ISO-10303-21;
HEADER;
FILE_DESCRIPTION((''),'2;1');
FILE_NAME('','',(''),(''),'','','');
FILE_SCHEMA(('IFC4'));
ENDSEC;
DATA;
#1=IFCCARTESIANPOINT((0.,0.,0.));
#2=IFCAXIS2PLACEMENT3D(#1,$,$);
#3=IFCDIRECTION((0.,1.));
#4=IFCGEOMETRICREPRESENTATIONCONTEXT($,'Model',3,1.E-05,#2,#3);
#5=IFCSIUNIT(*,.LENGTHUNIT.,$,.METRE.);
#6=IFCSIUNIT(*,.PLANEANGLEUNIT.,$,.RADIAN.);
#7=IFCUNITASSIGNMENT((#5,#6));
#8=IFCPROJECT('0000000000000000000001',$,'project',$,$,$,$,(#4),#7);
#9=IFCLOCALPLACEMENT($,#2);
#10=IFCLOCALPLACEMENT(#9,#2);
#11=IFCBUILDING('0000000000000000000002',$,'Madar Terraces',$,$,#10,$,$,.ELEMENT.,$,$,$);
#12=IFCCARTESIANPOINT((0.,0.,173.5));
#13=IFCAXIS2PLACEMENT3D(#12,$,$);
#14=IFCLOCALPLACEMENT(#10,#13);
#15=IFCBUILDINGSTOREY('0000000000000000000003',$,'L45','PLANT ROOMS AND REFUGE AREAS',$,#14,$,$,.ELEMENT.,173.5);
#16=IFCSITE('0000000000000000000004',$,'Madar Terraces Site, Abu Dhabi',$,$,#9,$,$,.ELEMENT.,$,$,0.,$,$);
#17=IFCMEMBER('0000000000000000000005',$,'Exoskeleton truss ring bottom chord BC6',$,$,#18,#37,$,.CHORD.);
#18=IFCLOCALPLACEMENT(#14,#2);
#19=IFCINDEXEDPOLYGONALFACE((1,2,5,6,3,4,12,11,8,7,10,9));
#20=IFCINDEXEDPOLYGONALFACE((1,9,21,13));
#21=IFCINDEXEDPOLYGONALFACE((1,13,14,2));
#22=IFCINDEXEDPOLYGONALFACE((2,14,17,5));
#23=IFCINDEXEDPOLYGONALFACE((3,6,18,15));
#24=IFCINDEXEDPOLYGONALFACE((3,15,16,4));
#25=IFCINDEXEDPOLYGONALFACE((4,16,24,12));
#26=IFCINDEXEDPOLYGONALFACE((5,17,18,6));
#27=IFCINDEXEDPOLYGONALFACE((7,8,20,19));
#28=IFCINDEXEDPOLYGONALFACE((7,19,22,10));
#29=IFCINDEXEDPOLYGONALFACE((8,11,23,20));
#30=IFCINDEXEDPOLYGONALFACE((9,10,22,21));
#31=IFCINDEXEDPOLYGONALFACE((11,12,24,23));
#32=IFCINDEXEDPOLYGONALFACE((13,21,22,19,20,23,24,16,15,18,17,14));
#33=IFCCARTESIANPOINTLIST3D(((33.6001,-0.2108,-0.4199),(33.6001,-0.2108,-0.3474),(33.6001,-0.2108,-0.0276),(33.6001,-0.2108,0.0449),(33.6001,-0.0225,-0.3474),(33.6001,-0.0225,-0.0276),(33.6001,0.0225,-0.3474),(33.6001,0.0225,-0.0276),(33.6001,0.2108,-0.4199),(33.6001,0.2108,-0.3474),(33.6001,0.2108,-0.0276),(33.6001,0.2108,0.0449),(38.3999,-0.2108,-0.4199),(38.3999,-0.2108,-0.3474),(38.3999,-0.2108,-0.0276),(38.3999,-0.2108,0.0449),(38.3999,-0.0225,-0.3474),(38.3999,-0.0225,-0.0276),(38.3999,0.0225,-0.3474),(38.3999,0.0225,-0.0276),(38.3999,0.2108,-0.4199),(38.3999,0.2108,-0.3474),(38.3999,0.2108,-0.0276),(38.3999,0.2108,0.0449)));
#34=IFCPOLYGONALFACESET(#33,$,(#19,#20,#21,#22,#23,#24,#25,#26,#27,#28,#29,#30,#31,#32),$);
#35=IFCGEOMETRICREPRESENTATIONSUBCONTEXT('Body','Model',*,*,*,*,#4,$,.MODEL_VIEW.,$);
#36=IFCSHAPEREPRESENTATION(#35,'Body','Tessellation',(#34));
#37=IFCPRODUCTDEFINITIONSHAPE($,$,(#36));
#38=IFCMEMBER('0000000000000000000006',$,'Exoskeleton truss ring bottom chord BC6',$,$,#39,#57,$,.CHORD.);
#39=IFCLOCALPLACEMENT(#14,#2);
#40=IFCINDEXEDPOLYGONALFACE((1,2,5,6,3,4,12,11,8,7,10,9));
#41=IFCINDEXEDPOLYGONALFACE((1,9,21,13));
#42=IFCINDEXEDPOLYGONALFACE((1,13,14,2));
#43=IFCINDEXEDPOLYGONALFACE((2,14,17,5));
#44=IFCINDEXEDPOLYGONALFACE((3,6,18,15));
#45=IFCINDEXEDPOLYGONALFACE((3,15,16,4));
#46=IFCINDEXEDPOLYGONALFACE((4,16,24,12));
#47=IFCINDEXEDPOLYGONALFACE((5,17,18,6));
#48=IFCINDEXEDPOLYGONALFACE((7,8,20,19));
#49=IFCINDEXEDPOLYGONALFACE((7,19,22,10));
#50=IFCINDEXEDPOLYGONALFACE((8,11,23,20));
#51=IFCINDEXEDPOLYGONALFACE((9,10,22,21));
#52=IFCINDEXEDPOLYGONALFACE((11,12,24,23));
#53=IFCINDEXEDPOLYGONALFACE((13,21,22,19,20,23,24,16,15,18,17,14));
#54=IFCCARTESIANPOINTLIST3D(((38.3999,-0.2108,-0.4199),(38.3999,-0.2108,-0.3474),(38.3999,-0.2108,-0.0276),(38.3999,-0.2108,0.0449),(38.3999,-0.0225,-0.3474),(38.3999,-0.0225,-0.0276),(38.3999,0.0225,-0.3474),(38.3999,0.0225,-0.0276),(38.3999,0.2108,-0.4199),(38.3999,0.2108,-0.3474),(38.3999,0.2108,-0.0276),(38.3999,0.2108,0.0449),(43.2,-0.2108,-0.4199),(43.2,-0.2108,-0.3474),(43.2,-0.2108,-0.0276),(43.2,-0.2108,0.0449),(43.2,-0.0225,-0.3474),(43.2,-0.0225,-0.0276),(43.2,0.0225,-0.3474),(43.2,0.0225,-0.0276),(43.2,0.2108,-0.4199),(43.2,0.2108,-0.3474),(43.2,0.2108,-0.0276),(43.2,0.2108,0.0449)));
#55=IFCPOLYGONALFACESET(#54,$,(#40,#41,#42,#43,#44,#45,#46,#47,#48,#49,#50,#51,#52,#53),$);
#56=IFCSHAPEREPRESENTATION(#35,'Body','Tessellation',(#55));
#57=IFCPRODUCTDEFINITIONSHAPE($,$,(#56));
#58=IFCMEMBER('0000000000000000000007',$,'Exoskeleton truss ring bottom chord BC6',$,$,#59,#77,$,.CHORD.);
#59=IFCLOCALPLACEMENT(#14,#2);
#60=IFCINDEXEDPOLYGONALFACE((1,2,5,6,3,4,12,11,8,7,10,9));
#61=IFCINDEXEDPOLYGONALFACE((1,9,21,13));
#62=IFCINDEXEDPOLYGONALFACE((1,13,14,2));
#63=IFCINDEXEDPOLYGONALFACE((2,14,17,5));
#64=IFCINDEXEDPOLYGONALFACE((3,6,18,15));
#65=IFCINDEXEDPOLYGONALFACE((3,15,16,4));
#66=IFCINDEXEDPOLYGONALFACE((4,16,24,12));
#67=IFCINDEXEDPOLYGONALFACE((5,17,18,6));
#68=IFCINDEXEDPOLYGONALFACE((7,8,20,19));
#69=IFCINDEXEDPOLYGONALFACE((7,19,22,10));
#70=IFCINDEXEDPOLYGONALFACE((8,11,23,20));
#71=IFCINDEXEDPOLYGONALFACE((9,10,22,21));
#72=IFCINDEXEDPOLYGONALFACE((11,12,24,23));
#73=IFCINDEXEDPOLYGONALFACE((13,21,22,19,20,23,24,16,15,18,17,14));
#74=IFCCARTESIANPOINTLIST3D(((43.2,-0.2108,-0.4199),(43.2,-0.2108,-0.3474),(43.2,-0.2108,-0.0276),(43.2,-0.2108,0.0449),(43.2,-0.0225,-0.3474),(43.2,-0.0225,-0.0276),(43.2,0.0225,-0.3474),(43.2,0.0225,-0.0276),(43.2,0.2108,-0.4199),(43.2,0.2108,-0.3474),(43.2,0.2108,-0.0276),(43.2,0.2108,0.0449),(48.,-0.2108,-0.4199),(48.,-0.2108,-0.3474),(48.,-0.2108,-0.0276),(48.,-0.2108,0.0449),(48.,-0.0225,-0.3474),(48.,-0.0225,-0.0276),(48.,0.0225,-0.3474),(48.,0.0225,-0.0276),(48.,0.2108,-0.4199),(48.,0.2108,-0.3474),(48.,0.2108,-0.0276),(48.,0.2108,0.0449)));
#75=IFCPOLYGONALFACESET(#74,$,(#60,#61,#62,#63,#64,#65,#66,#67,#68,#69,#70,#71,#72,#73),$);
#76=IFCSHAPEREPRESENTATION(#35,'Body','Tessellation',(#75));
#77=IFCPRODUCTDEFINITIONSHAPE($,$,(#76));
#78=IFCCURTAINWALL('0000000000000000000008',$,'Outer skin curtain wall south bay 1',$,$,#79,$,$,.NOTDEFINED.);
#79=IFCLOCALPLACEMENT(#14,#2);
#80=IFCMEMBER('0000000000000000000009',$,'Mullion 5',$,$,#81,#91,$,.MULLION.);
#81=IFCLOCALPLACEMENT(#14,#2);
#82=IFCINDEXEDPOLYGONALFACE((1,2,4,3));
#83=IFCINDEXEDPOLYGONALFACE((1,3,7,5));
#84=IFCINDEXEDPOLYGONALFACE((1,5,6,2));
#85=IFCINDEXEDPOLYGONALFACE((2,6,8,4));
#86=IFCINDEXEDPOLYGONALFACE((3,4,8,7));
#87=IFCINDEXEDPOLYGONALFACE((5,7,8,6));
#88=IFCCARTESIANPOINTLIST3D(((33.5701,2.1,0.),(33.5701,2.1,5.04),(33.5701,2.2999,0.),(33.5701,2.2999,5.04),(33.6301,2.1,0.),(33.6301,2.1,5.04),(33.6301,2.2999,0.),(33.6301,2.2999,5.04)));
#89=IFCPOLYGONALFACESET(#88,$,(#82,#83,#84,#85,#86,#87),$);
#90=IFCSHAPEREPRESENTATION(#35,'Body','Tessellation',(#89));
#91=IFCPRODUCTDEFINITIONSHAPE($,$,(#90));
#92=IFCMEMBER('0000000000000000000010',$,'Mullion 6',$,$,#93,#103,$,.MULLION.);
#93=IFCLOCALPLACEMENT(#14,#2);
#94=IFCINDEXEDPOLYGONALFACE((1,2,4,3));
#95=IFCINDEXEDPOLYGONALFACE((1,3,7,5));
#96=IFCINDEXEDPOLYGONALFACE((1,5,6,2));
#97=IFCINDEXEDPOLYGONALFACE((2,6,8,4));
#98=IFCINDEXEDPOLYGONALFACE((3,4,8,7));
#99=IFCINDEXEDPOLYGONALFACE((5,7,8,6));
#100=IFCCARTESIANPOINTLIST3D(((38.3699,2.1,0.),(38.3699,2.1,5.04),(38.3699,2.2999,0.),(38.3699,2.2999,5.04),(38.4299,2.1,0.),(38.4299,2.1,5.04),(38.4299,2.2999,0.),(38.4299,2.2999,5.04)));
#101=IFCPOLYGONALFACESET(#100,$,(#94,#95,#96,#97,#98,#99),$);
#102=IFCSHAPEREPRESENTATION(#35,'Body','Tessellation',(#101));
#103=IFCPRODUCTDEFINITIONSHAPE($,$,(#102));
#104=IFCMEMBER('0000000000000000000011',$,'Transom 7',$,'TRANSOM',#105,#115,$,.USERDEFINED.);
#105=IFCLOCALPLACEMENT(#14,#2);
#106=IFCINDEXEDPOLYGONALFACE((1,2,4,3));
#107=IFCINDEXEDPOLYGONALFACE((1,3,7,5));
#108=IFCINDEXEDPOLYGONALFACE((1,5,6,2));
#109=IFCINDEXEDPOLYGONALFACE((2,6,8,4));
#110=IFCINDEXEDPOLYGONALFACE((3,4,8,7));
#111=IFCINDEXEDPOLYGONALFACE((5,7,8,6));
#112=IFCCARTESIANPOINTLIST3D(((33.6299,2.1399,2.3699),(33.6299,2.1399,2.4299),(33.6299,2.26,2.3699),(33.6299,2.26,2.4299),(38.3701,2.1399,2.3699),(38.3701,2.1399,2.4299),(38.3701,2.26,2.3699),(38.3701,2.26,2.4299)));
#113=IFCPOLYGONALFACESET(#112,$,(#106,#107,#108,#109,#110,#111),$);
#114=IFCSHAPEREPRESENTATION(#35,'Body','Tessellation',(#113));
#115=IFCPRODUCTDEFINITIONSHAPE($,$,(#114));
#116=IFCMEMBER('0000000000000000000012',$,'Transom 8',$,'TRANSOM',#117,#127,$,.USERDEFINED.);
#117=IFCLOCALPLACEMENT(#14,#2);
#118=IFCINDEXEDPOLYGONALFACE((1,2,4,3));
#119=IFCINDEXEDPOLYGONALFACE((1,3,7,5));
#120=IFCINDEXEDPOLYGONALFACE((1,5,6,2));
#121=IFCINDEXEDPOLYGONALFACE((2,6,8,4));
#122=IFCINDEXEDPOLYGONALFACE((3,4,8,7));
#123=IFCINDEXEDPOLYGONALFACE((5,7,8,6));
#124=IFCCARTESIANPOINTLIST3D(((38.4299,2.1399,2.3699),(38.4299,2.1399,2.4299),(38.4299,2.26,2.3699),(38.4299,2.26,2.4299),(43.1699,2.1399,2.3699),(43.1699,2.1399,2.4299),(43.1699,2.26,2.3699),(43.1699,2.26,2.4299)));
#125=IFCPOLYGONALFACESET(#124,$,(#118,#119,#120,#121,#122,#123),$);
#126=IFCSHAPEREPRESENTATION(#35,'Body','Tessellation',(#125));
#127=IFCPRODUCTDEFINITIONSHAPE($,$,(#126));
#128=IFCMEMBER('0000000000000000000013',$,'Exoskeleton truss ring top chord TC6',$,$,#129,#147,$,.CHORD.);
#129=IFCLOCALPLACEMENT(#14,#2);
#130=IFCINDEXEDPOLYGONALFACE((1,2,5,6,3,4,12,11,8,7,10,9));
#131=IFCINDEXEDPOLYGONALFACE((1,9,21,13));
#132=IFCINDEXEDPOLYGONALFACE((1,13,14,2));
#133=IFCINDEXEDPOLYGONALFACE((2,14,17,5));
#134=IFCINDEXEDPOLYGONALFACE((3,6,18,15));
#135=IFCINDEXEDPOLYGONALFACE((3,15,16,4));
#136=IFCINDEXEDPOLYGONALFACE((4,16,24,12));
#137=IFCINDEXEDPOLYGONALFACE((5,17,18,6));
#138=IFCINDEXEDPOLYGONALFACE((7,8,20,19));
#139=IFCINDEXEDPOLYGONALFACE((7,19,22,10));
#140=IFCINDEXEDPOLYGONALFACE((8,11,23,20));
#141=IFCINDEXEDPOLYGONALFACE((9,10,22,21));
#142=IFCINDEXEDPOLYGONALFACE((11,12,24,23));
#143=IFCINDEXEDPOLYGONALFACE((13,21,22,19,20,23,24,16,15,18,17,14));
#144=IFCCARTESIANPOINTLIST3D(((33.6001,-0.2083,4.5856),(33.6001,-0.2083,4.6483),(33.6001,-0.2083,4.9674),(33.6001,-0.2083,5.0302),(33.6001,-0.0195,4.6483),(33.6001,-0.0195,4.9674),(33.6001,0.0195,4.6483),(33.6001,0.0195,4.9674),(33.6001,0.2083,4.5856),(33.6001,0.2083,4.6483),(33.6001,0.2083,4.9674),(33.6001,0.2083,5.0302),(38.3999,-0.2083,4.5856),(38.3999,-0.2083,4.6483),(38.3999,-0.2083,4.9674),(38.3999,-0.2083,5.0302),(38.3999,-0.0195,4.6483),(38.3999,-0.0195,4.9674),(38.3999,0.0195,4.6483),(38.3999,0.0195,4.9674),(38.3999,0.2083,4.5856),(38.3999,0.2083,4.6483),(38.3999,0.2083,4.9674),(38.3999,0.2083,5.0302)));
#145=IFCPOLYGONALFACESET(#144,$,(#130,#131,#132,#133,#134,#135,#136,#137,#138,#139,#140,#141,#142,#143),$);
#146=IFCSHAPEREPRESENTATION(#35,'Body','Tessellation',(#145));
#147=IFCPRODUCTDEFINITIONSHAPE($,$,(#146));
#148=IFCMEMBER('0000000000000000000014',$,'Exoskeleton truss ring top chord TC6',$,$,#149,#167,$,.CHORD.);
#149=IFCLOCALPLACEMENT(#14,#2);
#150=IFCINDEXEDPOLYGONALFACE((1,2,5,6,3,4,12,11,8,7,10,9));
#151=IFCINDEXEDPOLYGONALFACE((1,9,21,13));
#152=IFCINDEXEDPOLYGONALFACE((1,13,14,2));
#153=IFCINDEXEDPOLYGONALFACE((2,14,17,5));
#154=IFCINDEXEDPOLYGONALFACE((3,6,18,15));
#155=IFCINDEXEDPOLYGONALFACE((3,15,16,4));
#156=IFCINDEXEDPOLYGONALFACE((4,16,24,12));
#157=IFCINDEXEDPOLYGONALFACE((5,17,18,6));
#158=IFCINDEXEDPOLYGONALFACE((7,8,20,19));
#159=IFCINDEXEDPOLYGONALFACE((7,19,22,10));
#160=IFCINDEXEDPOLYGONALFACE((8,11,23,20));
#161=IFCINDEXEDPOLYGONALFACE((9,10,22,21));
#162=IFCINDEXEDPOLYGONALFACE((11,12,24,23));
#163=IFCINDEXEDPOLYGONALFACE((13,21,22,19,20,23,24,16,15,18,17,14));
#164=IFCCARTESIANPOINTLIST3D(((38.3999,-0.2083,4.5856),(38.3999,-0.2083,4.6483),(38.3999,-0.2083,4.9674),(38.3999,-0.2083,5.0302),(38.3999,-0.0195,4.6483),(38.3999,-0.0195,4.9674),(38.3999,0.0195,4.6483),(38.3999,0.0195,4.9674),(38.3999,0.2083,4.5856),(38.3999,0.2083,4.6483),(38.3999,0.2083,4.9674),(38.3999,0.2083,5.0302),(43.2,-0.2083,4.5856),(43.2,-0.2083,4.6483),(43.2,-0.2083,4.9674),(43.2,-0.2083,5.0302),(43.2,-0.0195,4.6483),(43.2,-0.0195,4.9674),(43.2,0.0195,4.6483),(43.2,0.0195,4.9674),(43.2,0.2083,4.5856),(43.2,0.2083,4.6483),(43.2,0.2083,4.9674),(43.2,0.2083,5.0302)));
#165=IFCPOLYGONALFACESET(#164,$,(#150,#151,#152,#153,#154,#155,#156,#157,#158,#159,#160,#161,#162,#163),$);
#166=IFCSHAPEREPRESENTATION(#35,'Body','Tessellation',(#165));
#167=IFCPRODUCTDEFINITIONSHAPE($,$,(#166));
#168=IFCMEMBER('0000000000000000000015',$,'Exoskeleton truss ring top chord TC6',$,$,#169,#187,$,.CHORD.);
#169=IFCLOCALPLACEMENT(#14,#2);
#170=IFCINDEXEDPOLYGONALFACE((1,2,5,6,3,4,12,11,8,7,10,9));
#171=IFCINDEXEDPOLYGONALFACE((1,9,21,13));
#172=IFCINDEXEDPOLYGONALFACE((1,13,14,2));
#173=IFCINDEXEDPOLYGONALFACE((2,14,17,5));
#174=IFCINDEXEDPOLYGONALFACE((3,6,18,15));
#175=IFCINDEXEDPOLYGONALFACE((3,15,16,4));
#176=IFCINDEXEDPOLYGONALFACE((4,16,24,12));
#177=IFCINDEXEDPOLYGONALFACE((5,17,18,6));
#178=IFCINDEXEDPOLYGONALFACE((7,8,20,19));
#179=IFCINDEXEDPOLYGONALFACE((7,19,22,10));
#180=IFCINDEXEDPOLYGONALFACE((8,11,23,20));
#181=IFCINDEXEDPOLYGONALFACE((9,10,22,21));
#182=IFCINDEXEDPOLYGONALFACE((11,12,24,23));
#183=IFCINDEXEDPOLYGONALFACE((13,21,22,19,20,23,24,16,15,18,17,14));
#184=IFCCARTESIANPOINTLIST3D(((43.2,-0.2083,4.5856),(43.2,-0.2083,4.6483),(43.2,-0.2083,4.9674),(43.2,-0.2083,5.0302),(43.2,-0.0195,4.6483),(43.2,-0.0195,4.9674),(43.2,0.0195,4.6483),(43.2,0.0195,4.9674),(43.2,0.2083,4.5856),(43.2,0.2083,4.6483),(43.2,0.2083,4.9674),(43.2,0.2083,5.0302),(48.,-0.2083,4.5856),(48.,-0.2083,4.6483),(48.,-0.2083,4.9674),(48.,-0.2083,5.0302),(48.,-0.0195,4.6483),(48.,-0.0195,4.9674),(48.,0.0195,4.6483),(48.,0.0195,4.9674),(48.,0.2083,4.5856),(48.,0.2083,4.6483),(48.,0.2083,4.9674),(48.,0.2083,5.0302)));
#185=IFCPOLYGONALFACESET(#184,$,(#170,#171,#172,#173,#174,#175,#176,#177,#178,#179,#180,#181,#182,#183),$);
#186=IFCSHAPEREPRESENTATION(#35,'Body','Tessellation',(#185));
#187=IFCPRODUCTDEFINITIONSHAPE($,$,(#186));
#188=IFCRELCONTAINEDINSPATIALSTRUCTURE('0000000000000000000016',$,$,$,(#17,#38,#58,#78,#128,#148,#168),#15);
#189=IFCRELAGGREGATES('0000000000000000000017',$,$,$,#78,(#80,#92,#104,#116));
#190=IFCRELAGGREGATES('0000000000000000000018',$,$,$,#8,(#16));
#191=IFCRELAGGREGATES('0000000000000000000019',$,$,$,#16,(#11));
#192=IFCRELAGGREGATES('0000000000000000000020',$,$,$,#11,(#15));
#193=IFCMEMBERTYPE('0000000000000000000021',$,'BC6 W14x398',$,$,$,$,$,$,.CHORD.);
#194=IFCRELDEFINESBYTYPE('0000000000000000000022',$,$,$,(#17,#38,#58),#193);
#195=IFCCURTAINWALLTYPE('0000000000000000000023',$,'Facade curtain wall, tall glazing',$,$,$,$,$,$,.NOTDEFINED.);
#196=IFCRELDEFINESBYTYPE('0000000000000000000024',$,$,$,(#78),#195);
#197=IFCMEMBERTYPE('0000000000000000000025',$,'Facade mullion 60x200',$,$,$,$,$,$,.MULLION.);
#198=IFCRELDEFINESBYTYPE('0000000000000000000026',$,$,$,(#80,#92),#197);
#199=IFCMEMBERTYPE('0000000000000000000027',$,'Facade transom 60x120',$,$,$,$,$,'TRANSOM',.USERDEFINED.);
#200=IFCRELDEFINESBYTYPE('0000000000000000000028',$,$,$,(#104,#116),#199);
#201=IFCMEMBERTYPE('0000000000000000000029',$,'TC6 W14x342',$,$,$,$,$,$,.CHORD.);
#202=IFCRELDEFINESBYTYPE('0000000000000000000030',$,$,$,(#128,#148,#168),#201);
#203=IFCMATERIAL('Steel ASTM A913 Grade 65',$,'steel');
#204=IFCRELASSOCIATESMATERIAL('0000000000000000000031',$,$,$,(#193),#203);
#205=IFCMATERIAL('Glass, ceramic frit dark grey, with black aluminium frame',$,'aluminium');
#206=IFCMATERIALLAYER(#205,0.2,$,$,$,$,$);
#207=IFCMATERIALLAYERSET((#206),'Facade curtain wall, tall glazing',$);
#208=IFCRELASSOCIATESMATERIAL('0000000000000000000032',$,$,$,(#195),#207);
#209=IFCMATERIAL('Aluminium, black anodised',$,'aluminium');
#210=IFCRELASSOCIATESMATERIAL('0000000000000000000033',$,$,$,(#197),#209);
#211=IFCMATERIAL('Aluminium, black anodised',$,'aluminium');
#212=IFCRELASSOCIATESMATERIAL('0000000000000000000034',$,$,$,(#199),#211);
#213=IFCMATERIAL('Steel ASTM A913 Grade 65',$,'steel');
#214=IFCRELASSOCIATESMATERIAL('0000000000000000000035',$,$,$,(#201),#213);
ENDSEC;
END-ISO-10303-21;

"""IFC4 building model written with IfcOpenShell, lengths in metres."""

from ifc_helpers import new_model, si_unit, direction, frame, origin, origin_2d, place, context, subcontext, project, spatial, rectangle, i_section, extrude, material, layer, layer_set, material_profile, profile_set, type_object, element, aggregate, save


model = new_model("IFC4")

# Units and contexts
model_context = context("Model", 3, precision=1e-05, world=origin(), true_north=direction((0.0, 1.0)))
body_context = subcontext(model_context, "Body", "Model", "MODEL_VIEW")
ifc_project = project(units=[si_unit("LENGTHUNIT", "METRE"), si_unit("PLANEANGLEUNIT", "RADIAN")], contexts=[model_context])

# Site, building, storey
site_placement = place(None, origin())
site = spatial("IfcSite", under=ifc_project, at=site_placement, Name="Madar Terraces Site, Abu Dhabi", CompositionType="ELEMENT", RefElevation=0.0)
building_placement = place(site_placement, origin())
building = spatial("IfcBuilding", under=site, at=building_placement, Name="Madar Terraces", CompositionType="ELEMENT")
storey_placement = place(building_placement, frame((0.0, 0.0, 173.5)))
storey = spatial("IfcBuildingStorey", under=building, at=storey_placement, Name="L45", Description="PLANT ROOMS AND REFUGE AREAS", CompositionType="ELEMENT", Elevation=173.5)

# Members
ifc_material_1 = material(Name="Steel ASTM A913 Grade 65", Category="steel")
ifc_material_profile_1 = material_profile(ifc_material_1, i_section(OverallWidth=0.4216, OverallDepth=0.4648, WebThickness=0.0449, FlangeThickness=0.0725, at=origin_2d()), Name="W14x398")
ifc_profile_set_1 = profile_set([ifc_material_profile_1], Name="Steel ASTM A913 Grade 65")
member_type_1 = type_object("IfcMemberType", Name="BC6 W14x398", PredefinedType="CHORD", material=ifc_profile_set_1)
member_1_placement = place(storey_placement, frame((33.6001, 0.0, -0.1875), z_axis=(1.0, 0.0, 0.0), x_axis=(0.0, 1.0, 0.0)))
element("IfcMember", 1, at=member_1_placement, inside=storey, type_object=member_type_1, Name="Exoskeleton truss ring bottom chord BC6", PredefinedType="CHORD", context=body_context, shape_type="SweptSolid", body=[
    extrude(i_section(OverallWidth=0.4216, OverallDepth=0.4648, WebThickness=0.0449, FlangeThickness=0.0725, at=origin_2d()), origin(), (0.0, 0.0, 1.0), 4.7998),
])
for number, where, z_axis, x_axis, name in (
    (2, (38.3999, 0.0, -0.1875), (1.0, 0.0, 0.0), (0.0, 1.0, 0.0), "Exoskeleton truss ring bottom chord BC6"),
    (3, (43.2, 0.0, -0.1875), (1.0, 0.0, 0.0), (0.0, 1.0, 0.0), "Exoskeleton truss ring bottom chord BC6"),
):
    element("IfcMember", number, at=place(storey_placement, frame(where, z_axis=z_axis, x_axis=x_axis)), inside=storey, type_object=member_type_1, Name=name, PredefinedType="CHORD", context=body_context, shape_type="SweptSolid", body=[
        extrude(i_section(OverallWidth=0.4216, OverallDepth=0.4648, WebThickness=0.0449, FlangeThickness=0.0725, at=origin_2d()), origin(), (0.0, 0.0, 1.0), 4.8),
    ])

# Curtain wall, members
ifc_material_2 = material(Name="Glass, ceramic frit dark grey, with black aluminium frame", Category="aluminium")
ifc_layer_1 = layer(ifc_material_2, 0.2)
ifc_layer_set_1 = layer_set([ifc_layer_1], Name="Facade curtain wall, tall glazing")
curtain_wall_type = type_object("IfcCurtainWallType", Name="Facade curtain wall, tall glazing", PredefinedType="NOTDEFINED", material=ifc_layer_set_1)
curtain_wall_placement = place(storey_placement, origin())
curtain_wall = element("IfcCurtainWall", 4, at=curtain_wall_placement, inside=storey, type_object=curtain_wall_type, Name="Outer skin curtain wall south bay 1", PredefinedType="NOTDEFINED")
ifc_material_3 = material(Name="Aluminium, black anodised", Category="aluminium")
ifc_material_profile_2 = material_profile(ifc_material_3, rectangle(XDim=0.2, YDim=0.0601, at=origin_2d()), Name="Facade mullion 60x200")
ifc_profile_set_2 = profile_set([ifc_material_profile_2], Name="Aluminium, black anodised")
member_type_2 = type_object("IfcMemberType", Name="Facade mullion 60x200", PredefinedType="MULLION", material=ifc_profile_set_2)
member_2_placement = place(storey_placement, frame((33.6001, 2.2, 0.0), z_axis=(0.0, 0.0, 1.0), x_axis=(0.0, 1.0, 0.0)))
member_2 = element("IfcMember", 5, at=member_2_placement, type_object=member_type_2, Name="Mullion 5", PredefinedType="MULLION", context=body_context, shape_type="SweptSolid", body=[
    extrude(rectangle(XDim=0.2, YDim=0.0601, at=origin_2d()), origin(), (0.0, 0.0, 1.0), 5.04),
])
member_3_placement = place(storey_placement, frame((38.3999, 2.2, 0.0), z_axis=(0.0, 0.0, 1.0), x_axis=(0.0, 1.0, 0.0)))
member_3 = element("IfcMember", 6, at=member_3_placement, type_object=member_type_2, Name="Mullion 6", PredefinedType="MULLION", context=body_context, shape_type="SweptSolid", body=[
    extrude(rectangle(XDim=0.2, YDim=0.0601, at=origin_2d()), origin(), (0.0, 0.0, 1.0), 5.04),
])
ifc_material_4 = material(Name="Aluminium, black anodised", Category="aluminium")
ifc_material_profile_3 = material_profile(ifc_material_4, rectangle(XDim=0.1201, YDim=0.0601, at=origin_2d()), Name="Facade transom 60x120")
ifc_profile_set_3 = profile_set([ifc_material_profile_3], Name="Aluminium, black anodised")
member_type_3 = type_object("IfcMemberType", Name="Facade transom 60x120", ElementType="TRANSOM", PredefinedType="USERDEFINED", material=ifc_profile_set_3)
member_4_placement = place(storey_placement, frame((33.6299, 2.2, 2.3999), z_axis=(1.0, 0.0, 0.0), x_axis=(0.0, 1.0, 0.0)))
member_4 = element("IfcMember", 7, at=member_4_placement, type_object=member_type_3, Name="Transom 7", ObjectType="TRANSOM", PredefinedType="USERDEFINED", context=body_context, shape_type="SweptSolid", body=[
    extrude(rectangle(XDim=0.1201, YDim=0.0601, at=origin_2d()), origin(), (0.0, 0.0, 1.0), 4.7402),
])
member_5_placement = place(storey_placement, frame((38.4299, 2.2, 2.3999), z_axis=(1.0, 0.0, 0.0), x_axis=(0.0, 1.0, 0.0)))
member_5 = element("IfcMember", 8, at=member_5_placement, type_object=member_type_3, Name="Transom 8", ObjectType="TRANSOM", PredefinedType="USERDEFINED", context=body_context, shape_type="SweptSolid", body=[
    extrude(rectangle(XDim=0.1201, YDim=0.0601, at=origin_2d()), origin(), (0.0, 0.0, 1.0), 4.74),
])

# Members
ifc_material_5 = material(Name="Steel ASTM A913 Grade 65", Category="steel")
ifc_material_profile_4 = material_profile(ifc_material_5, i_section(OverallWidth=0.4165, OverallDepth=0.4446, WebThickness=0.0391, FlangeThickness=0.0627, at=origin_2d()), Name="W14x342")
ifc_profile_set_4 = profile_set([ifc_material_profile_4], Name="Steel ASTM A913 Grade 65")
member_type_4 = type_object("IfcMemberType", Name="TC6 W14x342", PredefinedType="CHORD", material=ifc_profile_set_4)
member_6_placement = place(storey_placement, frame((33.6001, 0.0, 4.8079), z_axis=(1.0, 0.0, 0.0), x_axis=(0.0, 1.0, 0.0)))
element("IfcMember", 9, at=member_6_placement, inside=storey, type_object=member_type_4, Name="Exoskeleton truss ring top chord TC6", PredefinedType="CHORD", context=body_context, shape_type="SweptSolid", body=[
    extrude(i_section(OverallWidth=0.4165, OverallDepth=0.4446, WebThickness=0.0391, FlangeThickness=0.0627, at=origin_2d()), origin(), (0.0, 0.0, 1.0), 4.7998),
])
for number, where, z_axis, x_axis, name in (
    (10, (38.3999, 0.0, 4.8079), (1.0, 0.0, 0.0), (0.0, 1.0, 0.0), "Exoskeleton truss ring top chord TC6"),
    (11, (43.2, 0.0, 4.8079), (1.0, 0.0, 0.0), (0.0, 1.0, 0.0), "Exoskeleton truss ring top chord TC6"),
):
    element("IfcMember", number, at=place(storey_placement, frame(where, z_axis=z_axis, x_axis=x_axis)), inside=storey, type_object=member_type_4, Name=name, PredefinedType="CHORD", context=body_context, shape_type="SweptSolid", body=[
        extrude(i_section(OverallWidth=0.4165, OverallDepth=0.4446, WebThickness=0.0391, FlangeThickness=0.0627, at=origin_2d()), origin(), (0.0, 0.0, 1.0), 4.8),
    ])

aggregate(curtain_wall, [member_2, member_3, member_4, member_5])

save(model, "model.ifc")
